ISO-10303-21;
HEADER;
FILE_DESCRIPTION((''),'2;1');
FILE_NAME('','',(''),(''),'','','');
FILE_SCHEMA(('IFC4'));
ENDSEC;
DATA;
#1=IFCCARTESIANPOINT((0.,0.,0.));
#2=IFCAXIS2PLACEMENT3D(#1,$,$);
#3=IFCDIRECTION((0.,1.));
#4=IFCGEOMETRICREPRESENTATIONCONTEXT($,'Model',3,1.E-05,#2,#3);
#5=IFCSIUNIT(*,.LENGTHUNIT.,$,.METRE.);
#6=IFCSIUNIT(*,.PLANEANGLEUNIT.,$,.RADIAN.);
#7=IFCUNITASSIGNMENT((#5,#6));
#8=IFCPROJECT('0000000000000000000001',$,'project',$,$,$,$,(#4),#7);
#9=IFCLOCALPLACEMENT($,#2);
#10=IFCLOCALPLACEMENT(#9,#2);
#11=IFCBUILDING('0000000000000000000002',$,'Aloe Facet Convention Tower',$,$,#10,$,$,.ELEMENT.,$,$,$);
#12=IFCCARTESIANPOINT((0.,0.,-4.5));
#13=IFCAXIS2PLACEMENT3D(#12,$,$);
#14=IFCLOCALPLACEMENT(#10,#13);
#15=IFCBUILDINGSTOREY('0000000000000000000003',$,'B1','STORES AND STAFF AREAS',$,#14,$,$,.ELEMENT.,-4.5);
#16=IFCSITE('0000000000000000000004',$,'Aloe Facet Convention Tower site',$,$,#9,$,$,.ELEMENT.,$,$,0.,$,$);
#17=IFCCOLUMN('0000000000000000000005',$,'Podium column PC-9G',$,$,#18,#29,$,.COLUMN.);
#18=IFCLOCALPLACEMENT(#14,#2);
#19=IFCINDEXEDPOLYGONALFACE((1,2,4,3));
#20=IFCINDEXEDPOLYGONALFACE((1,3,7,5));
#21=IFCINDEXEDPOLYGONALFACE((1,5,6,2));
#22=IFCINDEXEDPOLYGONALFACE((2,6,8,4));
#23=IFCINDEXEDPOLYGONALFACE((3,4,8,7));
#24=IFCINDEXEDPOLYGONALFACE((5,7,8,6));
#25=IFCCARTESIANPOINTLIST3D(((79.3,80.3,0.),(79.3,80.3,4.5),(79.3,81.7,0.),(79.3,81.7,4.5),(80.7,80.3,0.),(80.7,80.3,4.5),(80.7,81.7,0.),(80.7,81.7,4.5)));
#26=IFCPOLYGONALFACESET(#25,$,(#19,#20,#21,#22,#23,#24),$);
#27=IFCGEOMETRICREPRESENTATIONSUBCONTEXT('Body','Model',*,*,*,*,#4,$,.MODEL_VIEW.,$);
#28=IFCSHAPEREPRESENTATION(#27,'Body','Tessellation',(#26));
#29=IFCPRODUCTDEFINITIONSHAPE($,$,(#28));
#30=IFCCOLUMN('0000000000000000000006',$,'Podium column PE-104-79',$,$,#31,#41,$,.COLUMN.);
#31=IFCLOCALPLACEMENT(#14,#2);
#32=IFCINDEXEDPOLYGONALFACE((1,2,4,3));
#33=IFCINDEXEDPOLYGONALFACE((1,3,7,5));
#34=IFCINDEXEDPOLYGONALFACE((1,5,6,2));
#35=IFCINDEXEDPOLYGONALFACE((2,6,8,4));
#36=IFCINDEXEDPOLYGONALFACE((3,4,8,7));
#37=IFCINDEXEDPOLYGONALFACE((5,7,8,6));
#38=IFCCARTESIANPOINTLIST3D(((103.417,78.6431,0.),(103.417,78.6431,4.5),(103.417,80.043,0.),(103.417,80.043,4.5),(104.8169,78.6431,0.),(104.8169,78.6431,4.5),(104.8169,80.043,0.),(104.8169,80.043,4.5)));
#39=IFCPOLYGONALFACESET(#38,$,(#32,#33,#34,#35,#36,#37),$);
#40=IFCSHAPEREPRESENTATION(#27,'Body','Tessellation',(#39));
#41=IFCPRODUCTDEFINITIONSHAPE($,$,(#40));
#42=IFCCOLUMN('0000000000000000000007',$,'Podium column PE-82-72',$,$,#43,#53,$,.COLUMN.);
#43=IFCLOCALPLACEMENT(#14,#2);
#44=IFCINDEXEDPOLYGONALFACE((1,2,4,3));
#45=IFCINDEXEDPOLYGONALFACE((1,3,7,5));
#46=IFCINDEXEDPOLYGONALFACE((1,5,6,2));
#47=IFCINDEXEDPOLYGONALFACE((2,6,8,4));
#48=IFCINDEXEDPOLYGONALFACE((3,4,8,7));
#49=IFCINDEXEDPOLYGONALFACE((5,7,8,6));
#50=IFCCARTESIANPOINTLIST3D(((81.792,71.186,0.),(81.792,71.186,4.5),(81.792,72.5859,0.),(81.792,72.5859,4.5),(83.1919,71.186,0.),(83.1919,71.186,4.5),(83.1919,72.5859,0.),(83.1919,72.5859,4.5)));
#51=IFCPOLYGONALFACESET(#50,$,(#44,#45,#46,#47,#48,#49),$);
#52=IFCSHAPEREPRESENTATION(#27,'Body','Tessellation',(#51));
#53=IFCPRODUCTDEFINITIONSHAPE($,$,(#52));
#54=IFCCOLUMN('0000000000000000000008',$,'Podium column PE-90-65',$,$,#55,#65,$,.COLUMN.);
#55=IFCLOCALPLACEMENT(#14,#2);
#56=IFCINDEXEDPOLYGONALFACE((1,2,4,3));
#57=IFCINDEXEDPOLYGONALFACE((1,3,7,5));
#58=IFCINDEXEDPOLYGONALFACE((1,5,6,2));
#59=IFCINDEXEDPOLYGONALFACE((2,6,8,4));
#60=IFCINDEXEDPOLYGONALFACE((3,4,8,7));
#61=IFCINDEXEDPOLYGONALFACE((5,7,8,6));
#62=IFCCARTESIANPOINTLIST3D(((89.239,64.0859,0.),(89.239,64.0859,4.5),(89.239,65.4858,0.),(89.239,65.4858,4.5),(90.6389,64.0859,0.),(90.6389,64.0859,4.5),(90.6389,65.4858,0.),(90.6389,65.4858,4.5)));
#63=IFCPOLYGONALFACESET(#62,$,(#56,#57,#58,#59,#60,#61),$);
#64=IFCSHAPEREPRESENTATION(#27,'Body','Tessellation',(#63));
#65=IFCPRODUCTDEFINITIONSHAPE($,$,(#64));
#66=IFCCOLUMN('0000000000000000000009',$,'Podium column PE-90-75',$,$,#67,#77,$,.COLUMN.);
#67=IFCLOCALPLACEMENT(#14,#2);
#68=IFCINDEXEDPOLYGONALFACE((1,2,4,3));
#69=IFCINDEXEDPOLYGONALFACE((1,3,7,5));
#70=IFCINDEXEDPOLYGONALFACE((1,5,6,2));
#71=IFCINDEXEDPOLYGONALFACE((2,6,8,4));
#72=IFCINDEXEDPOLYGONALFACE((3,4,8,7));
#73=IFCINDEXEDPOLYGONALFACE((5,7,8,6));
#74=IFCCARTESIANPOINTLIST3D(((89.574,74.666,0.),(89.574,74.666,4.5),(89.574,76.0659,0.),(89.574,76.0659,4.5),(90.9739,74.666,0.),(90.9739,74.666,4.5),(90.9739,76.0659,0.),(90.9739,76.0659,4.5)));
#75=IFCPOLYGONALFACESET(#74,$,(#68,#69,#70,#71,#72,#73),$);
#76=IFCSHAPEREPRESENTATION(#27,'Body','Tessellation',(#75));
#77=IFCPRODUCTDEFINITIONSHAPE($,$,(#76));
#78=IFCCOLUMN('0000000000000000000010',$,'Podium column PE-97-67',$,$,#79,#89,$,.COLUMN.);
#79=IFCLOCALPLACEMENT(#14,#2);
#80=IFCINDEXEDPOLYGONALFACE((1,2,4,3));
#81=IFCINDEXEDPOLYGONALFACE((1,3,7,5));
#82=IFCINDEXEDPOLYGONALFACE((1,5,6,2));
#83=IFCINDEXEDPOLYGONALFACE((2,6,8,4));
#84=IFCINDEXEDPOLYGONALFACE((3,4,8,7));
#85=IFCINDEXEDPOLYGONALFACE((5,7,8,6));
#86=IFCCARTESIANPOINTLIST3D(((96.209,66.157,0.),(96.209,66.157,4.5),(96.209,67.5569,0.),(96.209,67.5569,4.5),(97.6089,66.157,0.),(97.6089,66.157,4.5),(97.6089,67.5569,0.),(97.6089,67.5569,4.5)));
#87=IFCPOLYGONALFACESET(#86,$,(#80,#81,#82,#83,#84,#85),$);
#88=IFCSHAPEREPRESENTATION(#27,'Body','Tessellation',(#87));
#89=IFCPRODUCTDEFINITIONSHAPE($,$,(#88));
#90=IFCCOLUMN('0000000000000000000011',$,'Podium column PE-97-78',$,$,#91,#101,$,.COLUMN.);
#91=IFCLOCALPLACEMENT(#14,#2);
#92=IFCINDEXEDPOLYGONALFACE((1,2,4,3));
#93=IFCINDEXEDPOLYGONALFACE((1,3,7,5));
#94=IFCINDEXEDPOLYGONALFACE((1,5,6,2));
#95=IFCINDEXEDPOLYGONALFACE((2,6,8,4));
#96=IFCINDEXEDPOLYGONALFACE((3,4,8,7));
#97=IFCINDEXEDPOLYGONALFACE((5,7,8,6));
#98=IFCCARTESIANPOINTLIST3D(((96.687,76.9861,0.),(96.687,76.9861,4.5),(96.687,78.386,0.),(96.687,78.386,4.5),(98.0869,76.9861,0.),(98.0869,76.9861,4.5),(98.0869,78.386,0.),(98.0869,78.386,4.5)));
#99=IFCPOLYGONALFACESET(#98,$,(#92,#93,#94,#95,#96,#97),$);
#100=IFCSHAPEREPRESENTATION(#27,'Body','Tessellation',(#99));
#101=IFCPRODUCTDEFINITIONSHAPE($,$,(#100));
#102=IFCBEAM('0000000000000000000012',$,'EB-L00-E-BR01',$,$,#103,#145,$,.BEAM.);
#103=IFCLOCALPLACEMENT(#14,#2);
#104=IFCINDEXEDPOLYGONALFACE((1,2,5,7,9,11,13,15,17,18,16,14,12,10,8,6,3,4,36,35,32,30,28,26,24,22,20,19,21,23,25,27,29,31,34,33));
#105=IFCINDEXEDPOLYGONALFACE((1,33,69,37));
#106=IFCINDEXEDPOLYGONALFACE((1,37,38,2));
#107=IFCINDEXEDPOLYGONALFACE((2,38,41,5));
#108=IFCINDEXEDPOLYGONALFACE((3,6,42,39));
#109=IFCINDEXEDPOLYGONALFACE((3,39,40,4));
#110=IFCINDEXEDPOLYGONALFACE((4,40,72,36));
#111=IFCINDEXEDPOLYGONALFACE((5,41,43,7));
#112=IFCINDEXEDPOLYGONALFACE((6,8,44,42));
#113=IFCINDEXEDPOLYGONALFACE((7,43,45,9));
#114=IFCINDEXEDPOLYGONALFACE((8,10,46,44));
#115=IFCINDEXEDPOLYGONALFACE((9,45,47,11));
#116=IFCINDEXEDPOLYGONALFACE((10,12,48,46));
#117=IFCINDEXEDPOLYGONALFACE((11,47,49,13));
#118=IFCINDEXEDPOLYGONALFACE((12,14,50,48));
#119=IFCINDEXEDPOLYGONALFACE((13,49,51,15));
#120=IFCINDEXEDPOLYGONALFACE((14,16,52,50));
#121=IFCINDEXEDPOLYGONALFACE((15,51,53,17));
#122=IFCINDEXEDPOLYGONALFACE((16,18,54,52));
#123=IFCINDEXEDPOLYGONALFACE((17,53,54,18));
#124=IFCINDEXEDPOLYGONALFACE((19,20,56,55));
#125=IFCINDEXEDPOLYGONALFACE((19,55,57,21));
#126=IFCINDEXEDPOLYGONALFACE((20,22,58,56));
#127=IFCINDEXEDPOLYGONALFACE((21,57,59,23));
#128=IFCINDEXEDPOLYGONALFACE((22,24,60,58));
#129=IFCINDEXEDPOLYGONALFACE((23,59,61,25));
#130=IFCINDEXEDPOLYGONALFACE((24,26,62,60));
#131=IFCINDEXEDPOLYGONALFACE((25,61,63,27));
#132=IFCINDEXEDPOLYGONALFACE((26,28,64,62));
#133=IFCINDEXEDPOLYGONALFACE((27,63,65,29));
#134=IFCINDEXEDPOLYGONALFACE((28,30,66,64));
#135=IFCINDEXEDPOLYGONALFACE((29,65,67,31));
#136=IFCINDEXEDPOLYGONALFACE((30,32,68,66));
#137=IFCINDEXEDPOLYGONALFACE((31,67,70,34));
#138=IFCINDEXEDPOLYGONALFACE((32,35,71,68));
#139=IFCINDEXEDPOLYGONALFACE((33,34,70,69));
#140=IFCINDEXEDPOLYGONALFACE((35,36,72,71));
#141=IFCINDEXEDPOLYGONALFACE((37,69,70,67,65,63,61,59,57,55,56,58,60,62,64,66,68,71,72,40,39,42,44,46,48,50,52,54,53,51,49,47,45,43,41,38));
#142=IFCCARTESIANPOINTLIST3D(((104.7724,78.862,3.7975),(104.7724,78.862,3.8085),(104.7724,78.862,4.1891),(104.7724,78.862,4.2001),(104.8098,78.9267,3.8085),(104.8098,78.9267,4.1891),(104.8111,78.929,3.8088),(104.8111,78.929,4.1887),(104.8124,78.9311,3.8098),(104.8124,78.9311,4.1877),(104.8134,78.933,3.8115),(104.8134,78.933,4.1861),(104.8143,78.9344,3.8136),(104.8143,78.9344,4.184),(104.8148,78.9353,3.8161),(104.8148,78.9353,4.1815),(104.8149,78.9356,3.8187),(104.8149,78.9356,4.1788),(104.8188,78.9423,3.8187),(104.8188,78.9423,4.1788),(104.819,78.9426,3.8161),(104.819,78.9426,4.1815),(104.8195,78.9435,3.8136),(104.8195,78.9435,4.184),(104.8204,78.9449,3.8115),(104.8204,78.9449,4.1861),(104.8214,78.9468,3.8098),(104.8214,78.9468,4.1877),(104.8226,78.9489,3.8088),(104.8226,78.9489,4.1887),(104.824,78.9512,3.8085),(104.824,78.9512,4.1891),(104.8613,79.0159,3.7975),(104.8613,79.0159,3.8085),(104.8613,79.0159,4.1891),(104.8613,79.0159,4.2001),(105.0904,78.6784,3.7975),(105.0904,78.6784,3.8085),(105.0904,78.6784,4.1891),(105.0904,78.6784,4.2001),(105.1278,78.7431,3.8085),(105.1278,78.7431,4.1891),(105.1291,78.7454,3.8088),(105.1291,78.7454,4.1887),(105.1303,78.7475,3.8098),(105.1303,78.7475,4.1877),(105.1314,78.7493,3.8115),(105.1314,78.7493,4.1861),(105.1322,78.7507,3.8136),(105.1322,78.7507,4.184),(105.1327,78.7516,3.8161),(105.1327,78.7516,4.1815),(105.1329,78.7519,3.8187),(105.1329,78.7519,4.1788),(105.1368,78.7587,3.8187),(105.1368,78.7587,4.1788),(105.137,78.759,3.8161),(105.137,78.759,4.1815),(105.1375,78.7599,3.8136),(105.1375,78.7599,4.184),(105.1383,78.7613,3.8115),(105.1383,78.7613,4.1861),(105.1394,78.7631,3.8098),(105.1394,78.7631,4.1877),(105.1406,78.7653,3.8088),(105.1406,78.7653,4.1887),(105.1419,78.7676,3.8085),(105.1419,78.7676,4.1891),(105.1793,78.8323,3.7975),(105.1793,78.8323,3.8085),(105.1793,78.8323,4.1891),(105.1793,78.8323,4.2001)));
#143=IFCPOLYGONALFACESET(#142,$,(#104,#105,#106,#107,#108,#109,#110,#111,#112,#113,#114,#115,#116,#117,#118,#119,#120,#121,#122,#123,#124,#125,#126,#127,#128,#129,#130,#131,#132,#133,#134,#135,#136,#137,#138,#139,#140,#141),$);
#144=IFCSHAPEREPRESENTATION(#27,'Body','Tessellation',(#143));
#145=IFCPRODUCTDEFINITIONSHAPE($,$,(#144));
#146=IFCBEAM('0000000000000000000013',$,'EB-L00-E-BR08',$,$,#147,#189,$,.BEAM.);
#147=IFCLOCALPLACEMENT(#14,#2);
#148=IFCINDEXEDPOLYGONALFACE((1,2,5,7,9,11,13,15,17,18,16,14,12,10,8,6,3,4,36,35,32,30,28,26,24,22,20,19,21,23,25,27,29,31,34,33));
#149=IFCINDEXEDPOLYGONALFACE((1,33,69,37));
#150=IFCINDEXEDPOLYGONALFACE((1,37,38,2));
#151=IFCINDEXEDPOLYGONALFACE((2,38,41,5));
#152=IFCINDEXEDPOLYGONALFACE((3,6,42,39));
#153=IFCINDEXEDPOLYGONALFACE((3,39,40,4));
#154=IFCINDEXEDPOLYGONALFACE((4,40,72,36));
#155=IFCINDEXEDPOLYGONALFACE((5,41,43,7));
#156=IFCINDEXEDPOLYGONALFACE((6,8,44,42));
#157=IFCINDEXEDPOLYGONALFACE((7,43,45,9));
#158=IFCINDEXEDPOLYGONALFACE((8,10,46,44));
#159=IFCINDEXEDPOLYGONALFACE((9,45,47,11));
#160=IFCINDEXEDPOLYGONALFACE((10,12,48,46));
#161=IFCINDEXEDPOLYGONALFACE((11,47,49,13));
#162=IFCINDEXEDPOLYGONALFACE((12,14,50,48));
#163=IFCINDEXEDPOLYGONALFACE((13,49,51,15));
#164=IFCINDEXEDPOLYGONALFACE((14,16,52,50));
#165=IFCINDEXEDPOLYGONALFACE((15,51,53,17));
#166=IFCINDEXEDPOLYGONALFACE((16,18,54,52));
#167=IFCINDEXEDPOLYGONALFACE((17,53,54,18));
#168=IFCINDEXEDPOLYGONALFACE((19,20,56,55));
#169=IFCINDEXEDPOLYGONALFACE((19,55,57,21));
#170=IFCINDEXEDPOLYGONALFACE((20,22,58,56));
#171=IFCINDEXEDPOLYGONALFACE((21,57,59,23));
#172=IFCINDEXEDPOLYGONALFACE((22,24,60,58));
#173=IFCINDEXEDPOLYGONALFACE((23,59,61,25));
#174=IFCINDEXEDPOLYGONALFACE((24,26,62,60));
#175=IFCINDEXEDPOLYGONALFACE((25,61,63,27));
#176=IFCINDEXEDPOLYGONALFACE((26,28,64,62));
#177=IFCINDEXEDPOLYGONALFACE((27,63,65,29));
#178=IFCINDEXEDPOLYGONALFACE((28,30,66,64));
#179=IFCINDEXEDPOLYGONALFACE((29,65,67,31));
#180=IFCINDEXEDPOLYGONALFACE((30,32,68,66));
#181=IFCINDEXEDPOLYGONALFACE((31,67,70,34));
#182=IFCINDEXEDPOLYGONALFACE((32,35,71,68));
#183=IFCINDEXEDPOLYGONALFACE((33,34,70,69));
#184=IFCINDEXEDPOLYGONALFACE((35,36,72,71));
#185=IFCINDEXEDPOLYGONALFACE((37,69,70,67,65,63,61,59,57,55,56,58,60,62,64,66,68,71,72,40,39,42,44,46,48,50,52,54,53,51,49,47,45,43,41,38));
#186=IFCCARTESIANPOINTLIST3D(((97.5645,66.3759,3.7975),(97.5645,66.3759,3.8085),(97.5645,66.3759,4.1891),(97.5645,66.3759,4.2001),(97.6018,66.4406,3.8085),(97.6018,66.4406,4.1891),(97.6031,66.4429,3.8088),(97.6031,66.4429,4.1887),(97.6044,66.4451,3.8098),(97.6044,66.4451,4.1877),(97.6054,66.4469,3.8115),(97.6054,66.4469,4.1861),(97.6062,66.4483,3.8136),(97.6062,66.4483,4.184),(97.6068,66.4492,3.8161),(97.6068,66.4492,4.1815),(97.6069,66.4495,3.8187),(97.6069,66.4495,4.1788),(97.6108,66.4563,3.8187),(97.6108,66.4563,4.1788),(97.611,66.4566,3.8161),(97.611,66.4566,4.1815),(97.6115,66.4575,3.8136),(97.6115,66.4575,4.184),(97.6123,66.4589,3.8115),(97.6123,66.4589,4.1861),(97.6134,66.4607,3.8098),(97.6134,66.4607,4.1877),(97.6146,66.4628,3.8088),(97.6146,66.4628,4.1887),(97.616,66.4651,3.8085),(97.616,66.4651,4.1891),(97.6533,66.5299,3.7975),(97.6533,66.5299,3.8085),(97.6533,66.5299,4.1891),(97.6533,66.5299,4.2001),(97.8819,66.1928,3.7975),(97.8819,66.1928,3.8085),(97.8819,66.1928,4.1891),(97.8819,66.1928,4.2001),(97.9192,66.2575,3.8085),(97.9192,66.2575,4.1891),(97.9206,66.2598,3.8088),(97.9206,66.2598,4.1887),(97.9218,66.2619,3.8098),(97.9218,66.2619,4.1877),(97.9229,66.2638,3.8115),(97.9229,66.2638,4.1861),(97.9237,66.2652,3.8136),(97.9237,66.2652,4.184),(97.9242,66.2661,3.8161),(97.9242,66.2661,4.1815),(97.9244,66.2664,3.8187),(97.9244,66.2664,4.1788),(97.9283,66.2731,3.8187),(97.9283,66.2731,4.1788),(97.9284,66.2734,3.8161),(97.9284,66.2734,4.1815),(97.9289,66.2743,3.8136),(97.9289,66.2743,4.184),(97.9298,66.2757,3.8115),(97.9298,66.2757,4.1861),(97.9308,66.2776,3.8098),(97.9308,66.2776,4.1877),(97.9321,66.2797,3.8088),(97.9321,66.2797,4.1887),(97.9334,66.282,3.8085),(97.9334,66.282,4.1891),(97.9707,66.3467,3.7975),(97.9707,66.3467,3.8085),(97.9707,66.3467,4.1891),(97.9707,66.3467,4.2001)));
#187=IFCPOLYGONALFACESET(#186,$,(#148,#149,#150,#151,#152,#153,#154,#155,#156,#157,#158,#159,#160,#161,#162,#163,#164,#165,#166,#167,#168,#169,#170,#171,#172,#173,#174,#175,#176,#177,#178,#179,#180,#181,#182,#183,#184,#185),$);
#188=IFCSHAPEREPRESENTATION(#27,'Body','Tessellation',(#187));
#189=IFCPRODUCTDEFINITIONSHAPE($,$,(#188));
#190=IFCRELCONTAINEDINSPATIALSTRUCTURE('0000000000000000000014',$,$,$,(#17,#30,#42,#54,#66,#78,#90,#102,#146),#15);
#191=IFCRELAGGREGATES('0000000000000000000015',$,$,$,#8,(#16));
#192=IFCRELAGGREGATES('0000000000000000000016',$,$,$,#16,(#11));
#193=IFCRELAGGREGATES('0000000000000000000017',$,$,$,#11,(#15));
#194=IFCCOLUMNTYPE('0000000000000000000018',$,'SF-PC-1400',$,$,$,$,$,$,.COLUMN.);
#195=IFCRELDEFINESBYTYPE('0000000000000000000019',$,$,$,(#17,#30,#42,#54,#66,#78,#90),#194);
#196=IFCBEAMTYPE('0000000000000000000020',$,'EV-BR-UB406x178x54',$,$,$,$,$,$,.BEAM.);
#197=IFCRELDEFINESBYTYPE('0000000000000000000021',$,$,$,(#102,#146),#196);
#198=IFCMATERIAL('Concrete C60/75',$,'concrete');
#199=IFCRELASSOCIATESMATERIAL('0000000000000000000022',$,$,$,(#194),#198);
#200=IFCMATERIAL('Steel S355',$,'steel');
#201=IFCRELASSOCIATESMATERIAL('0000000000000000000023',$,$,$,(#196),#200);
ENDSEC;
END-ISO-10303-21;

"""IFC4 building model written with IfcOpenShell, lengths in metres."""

from ifc_helpers import new_model, si_unit, direction, frame, origin, origin_2d, place, context, subcontext, project, spatial, rectangle, i_section, extrude, material, material_profile, profile_set, type_object, element, save


model = new_model("IFC4")

# Units and contexts
model_context = context("Model", 3, precision=1e-05, world=origin(), true_north=direction((0.0, 1.0)))
body_context = subcontext(model_context, "Body", "Model", "MODEL_VIEW")
ifc_project = project(units=[si_unit("LENGTHUNIT", "METRE"), si_unit("PLANEANGLEUNIT", "RADIAN")], contexts=[model_context])

# Site, building, storey
site_placement = place(None, origin())
site = spatial("IfcSite", under=ifc_project, at=site_placement, Name="Aloe Facet Convention Tower site", CompositionType="ELEMENT", RefElevation=0.0)
building_placement = place(site_placement, origin())
building = spatial("IfcBuilding", under=site, at=building_placement, Name="Aloe Facet Convention Tower", CompositionType="ELEMENT")
storey_placement = place(building_placement, frame((0.0, 0.0, -4.5)))
storey = spatial("IfcBuildingStorey", under=building, at=storey_placement, Name="B1", Description="STORES AND STAFF AREAS", CompositionType="ELEMENT", Elevation=-4.5)

# Columns
ifc_material_1 = material(Name="Concrete C60/75", Category="concrete")
ifc_material_profile_1 = material_profile(ifc_material_1, rectangle(XDim=1.3999, YDim=1.3999, at=origin_2d()), Name="SF-PC-1400")
ifc_profile_set_1 = profile_set([ifc_material_profile_1], Name="Concrete C60/75")
column_type = type_object("IfcColumnType", Name="SF-PC-1400", PredefinedType="COLUMN", material=ifc_profile_set_1)
for number, where, z_axis, x_axis, name in (
    (1, (80.0, 81.0, 0.0), (0.0, 0.0, 1.0), (1.0, 0.0, 0.0), "Podium column PC-9G"),
    (2, (104.1169, 79.343, 0.0), (0.0, 0.0, 1.0), (1.0, 0.0, 0.0), "Podium column PE-104-79"),
    (3, (82.4919, 71.886, 0.0), (0.0, 0.0, 1.0), (1.0, 0.0, 0.0), "Podium column PE-82-72"),
    (4, (89.939, 64.7859, 0.0), (0.0, 0.0, 1.0), (1.0, 0.0, 0.0), "Podium column PE-90-65"),
    (5, (90.2739, 75.366, 0.0), (0.0, 0.0, 1.0), (1.0, 0.0, 0.0), "Podium column PE-90-75"),
    (6, (96.9089, 66.8569, 0.0), (0.0, 0.0, 1.0), (1.0, 0.0, 0.0), "Podium column PE-97-67"),
    (7, (97.387, 77.686, 0.0), (0.0, 0.0, 1.0), (1.0, 0.0, 0.0), "Podium column PE-97-78"),
):
    element("IfcColumn", number, at=place(storey_placement, frame(where, z_axis=z_axis, x_axis=x_axis)), inside=storey, type_object=column_type, Name=name, PredefinedType="COLUMN", context=body_context, shape_type="SweptSolid", body=[
        extrude(rectangle(XDim=1.3999, YDim=1.3999, at=origin_2d()), origin(), (0.0, 0.0, 1.0), 4.5),
    ])

# Beams
ifc_material_2 = material(Name="Steel S355", Category="steel")
ifc_material_profile_2 = material_profile(ifc_material_2, i_section(OverallWidth=0.1777, OverallDepth=0.4026, WebThickness=0.0078, FlangeThickness=0.011, FilletRadius=0.0103, at=origin_2d()), Name="UB 406x178x54")
ifc_profile_set_2 = profile_set([ifc_material_profile_2], Name="Steel S355")
beam_type_1 = type_object("IfcBeamType", Name="EV-BR-UB406x178x54", PredefinedType="BEAM", material=ifc_profile_set_2)
beam_1_placement = place(storey_placement, frame((104.8169, 78.939, 3.9988), z_axis=(0.865942, -0.500145, 0.0), x_axis=(0.500145, 0.865942, 0.0)))
element("IfcBeam", 8, at=beam_1_placement, inside=storey, type_object=beam_type_1, Name="EB-L00-E-BR01", PredefinedType="BEAM", context=body_context, shape_type="SweptSolid", body=[
    extrude(i_section(OverallWidth=0.1777, OverallDepth=0.4026, WebThickness=0.0078, FlangeThickness=0.011, FilletRadius=0.0103, at=origin_2d()), origin(), (0.0, 0.0, 1.0), 0.3672),
])
beam_2_placement = place(storey_placement, frame((97.6089, 66.4529, 3.9988), z_axis=(0.866186, -0.499722, 0.0), x_axis=(0.499722, 0.866186, 0.0)))
element("IfcBeam", 9, at=beam_2_placement, inside=storey, type_object=beam_type_1, Name="EB-L00-E-BR08", PredefinedType="BEAM", context=body_context, shape_type="SweptSolid", body=[
    extrude(i_section(OverallWidth=0.1777, OverallDepth=0.4026, WebThickness=0.0078, FlangeThickness=0.011, FilletRadius=0.0103, at=origin_2d()), origin(), (0.0, 0.0, 1.0), 0.3665),
])

save(model, "model.ifc")
